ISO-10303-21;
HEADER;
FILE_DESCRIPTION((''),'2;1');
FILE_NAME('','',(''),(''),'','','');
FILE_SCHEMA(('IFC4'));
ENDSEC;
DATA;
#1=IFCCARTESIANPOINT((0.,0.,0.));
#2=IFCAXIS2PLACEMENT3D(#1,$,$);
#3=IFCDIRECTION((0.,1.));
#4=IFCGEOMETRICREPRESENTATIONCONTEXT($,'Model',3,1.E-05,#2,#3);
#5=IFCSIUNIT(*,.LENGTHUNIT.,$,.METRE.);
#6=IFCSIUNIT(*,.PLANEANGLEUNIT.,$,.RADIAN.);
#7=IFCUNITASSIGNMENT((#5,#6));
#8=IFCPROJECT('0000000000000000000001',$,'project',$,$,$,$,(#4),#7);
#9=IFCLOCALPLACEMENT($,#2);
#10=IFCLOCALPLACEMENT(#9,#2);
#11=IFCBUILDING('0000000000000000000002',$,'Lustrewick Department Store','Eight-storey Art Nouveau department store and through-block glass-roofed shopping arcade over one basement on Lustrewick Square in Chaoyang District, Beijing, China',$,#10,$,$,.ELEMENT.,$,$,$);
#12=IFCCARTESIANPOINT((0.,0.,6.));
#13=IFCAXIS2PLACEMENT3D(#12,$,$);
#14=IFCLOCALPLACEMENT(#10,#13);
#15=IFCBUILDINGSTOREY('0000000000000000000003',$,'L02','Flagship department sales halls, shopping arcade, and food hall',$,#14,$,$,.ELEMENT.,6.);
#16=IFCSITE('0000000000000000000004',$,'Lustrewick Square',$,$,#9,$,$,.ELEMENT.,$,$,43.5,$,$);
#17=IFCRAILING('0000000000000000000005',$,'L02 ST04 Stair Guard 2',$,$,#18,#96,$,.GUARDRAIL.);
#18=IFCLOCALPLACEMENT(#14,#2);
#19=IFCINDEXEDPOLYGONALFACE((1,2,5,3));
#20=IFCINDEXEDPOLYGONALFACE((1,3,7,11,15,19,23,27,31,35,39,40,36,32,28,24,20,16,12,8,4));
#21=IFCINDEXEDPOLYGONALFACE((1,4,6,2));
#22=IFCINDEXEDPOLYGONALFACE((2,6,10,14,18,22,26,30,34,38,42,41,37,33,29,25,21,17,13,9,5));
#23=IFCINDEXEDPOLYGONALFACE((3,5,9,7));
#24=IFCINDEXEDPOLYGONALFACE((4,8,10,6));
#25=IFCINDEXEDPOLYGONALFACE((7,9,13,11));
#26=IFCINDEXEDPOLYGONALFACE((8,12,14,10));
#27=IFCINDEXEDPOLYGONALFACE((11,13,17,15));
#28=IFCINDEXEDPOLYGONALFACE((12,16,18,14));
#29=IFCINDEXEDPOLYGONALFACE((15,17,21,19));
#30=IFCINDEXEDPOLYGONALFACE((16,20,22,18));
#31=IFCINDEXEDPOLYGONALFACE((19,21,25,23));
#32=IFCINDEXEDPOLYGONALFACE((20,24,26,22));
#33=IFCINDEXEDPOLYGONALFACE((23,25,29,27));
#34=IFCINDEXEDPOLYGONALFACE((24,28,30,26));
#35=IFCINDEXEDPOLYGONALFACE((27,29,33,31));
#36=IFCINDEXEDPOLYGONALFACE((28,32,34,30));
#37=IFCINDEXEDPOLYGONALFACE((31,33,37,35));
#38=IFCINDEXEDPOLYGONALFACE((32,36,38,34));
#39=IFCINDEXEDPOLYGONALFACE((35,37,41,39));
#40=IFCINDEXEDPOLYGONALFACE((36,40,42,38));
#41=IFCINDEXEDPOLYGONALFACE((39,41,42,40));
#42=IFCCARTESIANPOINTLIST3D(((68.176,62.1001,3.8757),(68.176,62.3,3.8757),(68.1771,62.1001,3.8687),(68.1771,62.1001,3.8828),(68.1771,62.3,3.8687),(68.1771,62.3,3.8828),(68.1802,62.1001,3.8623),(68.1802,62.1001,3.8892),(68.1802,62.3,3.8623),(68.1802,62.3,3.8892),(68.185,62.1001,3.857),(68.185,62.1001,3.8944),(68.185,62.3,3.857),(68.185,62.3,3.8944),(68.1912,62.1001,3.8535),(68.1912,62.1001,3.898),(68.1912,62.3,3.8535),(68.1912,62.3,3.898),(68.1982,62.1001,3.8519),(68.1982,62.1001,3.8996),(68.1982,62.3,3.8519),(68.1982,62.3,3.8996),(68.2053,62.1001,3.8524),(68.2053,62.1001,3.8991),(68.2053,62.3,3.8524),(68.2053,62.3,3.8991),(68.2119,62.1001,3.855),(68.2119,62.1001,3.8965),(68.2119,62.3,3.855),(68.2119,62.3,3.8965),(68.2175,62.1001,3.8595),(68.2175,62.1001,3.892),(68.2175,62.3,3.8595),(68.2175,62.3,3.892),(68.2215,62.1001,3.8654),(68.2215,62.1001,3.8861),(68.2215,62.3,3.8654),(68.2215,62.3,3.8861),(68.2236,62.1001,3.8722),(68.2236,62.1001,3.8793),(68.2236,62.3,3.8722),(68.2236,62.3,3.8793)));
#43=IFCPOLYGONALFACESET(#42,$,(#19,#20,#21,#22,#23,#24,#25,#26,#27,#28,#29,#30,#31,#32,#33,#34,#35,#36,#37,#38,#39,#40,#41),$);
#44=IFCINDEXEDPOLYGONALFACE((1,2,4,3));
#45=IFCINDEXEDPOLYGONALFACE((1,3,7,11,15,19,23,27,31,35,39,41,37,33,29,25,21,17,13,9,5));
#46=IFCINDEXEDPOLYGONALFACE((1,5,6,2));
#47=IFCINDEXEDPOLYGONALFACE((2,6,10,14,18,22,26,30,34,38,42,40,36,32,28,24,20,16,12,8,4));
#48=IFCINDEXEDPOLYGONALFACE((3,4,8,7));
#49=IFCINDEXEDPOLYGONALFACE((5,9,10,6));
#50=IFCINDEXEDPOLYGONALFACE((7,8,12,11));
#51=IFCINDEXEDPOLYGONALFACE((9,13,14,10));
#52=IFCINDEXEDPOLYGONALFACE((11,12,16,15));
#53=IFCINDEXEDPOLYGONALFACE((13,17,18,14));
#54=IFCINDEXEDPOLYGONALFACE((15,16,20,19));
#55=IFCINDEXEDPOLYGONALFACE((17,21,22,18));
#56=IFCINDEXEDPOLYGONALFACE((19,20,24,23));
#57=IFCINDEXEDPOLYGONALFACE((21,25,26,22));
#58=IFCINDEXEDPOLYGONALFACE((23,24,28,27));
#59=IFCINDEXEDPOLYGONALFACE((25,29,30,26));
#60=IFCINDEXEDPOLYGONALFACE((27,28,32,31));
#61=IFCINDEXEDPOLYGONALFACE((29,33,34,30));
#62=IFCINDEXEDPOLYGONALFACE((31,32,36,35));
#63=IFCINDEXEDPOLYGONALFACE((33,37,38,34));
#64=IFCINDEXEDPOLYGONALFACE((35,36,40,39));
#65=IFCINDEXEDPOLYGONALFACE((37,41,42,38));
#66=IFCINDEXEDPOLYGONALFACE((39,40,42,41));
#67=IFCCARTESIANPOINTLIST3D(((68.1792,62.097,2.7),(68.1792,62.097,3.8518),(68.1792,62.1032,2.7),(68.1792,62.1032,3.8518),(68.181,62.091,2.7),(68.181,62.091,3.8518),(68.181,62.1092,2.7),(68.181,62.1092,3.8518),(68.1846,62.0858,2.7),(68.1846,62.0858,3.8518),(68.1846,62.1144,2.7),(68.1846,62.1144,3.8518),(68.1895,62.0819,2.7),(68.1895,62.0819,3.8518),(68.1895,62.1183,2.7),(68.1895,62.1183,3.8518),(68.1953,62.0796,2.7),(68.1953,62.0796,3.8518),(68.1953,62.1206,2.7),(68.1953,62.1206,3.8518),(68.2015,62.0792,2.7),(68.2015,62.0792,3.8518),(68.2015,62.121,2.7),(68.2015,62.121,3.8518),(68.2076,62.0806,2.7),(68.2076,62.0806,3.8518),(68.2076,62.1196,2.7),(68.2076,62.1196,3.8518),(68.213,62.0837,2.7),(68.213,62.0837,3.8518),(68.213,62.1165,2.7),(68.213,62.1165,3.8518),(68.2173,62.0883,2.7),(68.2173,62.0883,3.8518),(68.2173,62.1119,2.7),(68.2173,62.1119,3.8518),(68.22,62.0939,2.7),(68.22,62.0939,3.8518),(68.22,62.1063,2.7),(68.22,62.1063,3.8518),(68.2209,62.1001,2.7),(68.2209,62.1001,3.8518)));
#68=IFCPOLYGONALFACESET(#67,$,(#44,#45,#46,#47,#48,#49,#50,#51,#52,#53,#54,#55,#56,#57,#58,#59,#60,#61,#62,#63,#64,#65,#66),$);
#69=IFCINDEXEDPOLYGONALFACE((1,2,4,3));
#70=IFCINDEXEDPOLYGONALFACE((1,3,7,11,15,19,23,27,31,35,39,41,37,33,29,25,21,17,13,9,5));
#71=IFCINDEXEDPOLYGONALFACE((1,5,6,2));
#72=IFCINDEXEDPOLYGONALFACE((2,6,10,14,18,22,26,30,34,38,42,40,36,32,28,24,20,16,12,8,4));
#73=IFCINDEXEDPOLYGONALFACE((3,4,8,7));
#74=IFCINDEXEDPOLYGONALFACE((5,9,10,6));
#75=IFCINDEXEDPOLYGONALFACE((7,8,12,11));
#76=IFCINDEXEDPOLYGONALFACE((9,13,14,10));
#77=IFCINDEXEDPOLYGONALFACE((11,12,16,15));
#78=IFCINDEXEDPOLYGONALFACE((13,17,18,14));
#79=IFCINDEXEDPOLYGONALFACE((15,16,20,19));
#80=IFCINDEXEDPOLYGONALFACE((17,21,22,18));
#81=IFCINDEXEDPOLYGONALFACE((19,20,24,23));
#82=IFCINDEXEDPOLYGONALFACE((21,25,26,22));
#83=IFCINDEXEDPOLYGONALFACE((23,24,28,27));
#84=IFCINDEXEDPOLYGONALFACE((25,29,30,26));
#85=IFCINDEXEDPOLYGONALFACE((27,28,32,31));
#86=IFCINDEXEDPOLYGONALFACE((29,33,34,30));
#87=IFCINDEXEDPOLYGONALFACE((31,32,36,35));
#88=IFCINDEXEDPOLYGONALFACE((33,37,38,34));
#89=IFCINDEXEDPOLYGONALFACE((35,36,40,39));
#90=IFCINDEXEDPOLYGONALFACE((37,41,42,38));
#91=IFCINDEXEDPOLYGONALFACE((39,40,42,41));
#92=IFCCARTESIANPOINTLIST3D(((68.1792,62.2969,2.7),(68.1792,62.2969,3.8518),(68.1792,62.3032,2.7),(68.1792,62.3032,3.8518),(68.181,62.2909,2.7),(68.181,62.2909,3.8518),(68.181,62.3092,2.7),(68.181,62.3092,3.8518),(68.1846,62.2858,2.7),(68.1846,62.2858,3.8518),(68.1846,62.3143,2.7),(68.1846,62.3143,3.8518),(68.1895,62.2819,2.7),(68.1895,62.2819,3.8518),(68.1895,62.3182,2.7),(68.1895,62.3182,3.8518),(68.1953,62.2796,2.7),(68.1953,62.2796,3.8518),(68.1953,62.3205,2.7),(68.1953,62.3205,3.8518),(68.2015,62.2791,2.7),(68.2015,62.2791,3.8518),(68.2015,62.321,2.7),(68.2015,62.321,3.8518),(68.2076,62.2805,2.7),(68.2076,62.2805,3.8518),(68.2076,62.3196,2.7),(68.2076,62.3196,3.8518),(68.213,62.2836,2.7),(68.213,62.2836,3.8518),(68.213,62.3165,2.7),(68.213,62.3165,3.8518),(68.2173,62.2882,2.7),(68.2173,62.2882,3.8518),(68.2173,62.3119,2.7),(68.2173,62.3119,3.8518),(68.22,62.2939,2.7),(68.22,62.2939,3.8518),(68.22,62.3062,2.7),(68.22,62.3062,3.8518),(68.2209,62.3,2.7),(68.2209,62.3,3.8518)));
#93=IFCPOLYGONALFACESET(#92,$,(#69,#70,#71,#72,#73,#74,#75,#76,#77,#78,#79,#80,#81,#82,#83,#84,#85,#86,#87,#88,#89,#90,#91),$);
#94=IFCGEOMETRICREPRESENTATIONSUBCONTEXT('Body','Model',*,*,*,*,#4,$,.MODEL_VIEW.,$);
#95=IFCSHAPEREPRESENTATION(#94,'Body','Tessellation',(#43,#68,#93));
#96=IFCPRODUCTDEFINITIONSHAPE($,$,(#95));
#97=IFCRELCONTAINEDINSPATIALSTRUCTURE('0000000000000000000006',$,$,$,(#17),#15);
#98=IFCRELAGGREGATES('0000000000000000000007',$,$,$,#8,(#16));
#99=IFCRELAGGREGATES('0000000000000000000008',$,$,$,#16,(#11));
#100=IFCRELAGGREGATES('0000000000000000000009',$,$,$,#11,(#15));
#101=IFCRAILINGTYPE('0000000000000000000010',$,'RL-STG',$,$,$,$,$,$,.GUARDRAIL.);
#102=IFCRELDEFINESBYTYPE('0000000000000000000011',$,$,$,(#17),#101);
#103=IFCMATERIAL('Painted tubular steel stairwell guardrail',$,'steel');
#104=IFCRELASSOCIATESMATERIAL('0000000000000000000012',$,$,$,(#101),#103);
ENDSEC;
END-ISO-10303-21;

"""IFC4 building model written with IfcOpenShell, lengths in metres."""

from ifc_helpers import new_model, si_unit, direction, frame, origin, origin_2d, place, context, subcontext, project, spatial, circle, extrude, material, type_object, element, save


model = new_model("IFC4")

# Units and contexts
model_context = context("Model", 3, precision=1e-05, world=origin(), true_north=direction((0.0, 1.0)))
body_context = subcontext(model_context, "Body", "Model", "MODEL_VIEW")
ifc_project = project(units=[si_unit("LENGTHUNIT", "METRE"), si_unit("PLANEANGLEUNIT", "RADIAN")], contexts=[model_context])

# Site, building, storey
site_placement = place(None, origin())
site = spatial("IfcSite", under=ifc_project, at=site_placement, Name="Lustrewick Square", CompositionType="ELEMENT", RefElevation=43.5)
building_placement = place(site_placement, origin())
building = spatial("IfcBuilding", under=site, at=building_placement, Name="Lustrewick Department Store", Description="Eight-storey Art Nouveau department store and through-block glass-roofed shopping arcade over one basement on Lustrewick Square in Chaoyang District, Beijing, China", CompositionType="ELEMENT")
storey_placement = place(building_placement, frame((0.0, 0.0, 6.0)))
storey = spatial("IfcBuildingStorey", under=building, at=storey_placement, Name="L02", Description="Flagship department sales halls, shopping arcade, and food hall", CompositionType="ELEMENT", Elevation=6.0)

# Railing
ifc_material_1 = material(Name="Painted tubular steel stairwell guardrail", Category="steel")
railing_type_1 = type_object("IfcRailingType", Name="RL-STG", PredefinedType="GUARDRAIL", material=ifc_material_1)
railing_1_placement = place(storey_placement, frame((68.2, 62.1001, 2.7)))
element("IfcRailing", 1, at=railing_1_placement, inside=storey, type_object=railing_type_1, Name="L02 ST04 Stair Guard 2", PredefinedType="GUARDRAIL", context=body_context, shape_type="SweptSolid", body=[
    extrude(circle(Radius=0.0239, at=origin_2d()), frame((0.0, 0.0, 1.1758), z_axis=(0.0, 1.0, 0.0), x_axis=(-1.0, 0.0, 0.0)), (0.0, 0.0, 1.0), 0.2),
    extrude(circle(Radius=0.021, at=origin_2d()), origin(), (0.0, 0.0, 1.0), 1.1519),
    extrude(circle(Radius=0.021, at=origin_2d()), frame((0.0, 0.2, 0.0)), (0.0, 0.0, 1.0), 1.1519),
])

save(model, "model.ifc")
